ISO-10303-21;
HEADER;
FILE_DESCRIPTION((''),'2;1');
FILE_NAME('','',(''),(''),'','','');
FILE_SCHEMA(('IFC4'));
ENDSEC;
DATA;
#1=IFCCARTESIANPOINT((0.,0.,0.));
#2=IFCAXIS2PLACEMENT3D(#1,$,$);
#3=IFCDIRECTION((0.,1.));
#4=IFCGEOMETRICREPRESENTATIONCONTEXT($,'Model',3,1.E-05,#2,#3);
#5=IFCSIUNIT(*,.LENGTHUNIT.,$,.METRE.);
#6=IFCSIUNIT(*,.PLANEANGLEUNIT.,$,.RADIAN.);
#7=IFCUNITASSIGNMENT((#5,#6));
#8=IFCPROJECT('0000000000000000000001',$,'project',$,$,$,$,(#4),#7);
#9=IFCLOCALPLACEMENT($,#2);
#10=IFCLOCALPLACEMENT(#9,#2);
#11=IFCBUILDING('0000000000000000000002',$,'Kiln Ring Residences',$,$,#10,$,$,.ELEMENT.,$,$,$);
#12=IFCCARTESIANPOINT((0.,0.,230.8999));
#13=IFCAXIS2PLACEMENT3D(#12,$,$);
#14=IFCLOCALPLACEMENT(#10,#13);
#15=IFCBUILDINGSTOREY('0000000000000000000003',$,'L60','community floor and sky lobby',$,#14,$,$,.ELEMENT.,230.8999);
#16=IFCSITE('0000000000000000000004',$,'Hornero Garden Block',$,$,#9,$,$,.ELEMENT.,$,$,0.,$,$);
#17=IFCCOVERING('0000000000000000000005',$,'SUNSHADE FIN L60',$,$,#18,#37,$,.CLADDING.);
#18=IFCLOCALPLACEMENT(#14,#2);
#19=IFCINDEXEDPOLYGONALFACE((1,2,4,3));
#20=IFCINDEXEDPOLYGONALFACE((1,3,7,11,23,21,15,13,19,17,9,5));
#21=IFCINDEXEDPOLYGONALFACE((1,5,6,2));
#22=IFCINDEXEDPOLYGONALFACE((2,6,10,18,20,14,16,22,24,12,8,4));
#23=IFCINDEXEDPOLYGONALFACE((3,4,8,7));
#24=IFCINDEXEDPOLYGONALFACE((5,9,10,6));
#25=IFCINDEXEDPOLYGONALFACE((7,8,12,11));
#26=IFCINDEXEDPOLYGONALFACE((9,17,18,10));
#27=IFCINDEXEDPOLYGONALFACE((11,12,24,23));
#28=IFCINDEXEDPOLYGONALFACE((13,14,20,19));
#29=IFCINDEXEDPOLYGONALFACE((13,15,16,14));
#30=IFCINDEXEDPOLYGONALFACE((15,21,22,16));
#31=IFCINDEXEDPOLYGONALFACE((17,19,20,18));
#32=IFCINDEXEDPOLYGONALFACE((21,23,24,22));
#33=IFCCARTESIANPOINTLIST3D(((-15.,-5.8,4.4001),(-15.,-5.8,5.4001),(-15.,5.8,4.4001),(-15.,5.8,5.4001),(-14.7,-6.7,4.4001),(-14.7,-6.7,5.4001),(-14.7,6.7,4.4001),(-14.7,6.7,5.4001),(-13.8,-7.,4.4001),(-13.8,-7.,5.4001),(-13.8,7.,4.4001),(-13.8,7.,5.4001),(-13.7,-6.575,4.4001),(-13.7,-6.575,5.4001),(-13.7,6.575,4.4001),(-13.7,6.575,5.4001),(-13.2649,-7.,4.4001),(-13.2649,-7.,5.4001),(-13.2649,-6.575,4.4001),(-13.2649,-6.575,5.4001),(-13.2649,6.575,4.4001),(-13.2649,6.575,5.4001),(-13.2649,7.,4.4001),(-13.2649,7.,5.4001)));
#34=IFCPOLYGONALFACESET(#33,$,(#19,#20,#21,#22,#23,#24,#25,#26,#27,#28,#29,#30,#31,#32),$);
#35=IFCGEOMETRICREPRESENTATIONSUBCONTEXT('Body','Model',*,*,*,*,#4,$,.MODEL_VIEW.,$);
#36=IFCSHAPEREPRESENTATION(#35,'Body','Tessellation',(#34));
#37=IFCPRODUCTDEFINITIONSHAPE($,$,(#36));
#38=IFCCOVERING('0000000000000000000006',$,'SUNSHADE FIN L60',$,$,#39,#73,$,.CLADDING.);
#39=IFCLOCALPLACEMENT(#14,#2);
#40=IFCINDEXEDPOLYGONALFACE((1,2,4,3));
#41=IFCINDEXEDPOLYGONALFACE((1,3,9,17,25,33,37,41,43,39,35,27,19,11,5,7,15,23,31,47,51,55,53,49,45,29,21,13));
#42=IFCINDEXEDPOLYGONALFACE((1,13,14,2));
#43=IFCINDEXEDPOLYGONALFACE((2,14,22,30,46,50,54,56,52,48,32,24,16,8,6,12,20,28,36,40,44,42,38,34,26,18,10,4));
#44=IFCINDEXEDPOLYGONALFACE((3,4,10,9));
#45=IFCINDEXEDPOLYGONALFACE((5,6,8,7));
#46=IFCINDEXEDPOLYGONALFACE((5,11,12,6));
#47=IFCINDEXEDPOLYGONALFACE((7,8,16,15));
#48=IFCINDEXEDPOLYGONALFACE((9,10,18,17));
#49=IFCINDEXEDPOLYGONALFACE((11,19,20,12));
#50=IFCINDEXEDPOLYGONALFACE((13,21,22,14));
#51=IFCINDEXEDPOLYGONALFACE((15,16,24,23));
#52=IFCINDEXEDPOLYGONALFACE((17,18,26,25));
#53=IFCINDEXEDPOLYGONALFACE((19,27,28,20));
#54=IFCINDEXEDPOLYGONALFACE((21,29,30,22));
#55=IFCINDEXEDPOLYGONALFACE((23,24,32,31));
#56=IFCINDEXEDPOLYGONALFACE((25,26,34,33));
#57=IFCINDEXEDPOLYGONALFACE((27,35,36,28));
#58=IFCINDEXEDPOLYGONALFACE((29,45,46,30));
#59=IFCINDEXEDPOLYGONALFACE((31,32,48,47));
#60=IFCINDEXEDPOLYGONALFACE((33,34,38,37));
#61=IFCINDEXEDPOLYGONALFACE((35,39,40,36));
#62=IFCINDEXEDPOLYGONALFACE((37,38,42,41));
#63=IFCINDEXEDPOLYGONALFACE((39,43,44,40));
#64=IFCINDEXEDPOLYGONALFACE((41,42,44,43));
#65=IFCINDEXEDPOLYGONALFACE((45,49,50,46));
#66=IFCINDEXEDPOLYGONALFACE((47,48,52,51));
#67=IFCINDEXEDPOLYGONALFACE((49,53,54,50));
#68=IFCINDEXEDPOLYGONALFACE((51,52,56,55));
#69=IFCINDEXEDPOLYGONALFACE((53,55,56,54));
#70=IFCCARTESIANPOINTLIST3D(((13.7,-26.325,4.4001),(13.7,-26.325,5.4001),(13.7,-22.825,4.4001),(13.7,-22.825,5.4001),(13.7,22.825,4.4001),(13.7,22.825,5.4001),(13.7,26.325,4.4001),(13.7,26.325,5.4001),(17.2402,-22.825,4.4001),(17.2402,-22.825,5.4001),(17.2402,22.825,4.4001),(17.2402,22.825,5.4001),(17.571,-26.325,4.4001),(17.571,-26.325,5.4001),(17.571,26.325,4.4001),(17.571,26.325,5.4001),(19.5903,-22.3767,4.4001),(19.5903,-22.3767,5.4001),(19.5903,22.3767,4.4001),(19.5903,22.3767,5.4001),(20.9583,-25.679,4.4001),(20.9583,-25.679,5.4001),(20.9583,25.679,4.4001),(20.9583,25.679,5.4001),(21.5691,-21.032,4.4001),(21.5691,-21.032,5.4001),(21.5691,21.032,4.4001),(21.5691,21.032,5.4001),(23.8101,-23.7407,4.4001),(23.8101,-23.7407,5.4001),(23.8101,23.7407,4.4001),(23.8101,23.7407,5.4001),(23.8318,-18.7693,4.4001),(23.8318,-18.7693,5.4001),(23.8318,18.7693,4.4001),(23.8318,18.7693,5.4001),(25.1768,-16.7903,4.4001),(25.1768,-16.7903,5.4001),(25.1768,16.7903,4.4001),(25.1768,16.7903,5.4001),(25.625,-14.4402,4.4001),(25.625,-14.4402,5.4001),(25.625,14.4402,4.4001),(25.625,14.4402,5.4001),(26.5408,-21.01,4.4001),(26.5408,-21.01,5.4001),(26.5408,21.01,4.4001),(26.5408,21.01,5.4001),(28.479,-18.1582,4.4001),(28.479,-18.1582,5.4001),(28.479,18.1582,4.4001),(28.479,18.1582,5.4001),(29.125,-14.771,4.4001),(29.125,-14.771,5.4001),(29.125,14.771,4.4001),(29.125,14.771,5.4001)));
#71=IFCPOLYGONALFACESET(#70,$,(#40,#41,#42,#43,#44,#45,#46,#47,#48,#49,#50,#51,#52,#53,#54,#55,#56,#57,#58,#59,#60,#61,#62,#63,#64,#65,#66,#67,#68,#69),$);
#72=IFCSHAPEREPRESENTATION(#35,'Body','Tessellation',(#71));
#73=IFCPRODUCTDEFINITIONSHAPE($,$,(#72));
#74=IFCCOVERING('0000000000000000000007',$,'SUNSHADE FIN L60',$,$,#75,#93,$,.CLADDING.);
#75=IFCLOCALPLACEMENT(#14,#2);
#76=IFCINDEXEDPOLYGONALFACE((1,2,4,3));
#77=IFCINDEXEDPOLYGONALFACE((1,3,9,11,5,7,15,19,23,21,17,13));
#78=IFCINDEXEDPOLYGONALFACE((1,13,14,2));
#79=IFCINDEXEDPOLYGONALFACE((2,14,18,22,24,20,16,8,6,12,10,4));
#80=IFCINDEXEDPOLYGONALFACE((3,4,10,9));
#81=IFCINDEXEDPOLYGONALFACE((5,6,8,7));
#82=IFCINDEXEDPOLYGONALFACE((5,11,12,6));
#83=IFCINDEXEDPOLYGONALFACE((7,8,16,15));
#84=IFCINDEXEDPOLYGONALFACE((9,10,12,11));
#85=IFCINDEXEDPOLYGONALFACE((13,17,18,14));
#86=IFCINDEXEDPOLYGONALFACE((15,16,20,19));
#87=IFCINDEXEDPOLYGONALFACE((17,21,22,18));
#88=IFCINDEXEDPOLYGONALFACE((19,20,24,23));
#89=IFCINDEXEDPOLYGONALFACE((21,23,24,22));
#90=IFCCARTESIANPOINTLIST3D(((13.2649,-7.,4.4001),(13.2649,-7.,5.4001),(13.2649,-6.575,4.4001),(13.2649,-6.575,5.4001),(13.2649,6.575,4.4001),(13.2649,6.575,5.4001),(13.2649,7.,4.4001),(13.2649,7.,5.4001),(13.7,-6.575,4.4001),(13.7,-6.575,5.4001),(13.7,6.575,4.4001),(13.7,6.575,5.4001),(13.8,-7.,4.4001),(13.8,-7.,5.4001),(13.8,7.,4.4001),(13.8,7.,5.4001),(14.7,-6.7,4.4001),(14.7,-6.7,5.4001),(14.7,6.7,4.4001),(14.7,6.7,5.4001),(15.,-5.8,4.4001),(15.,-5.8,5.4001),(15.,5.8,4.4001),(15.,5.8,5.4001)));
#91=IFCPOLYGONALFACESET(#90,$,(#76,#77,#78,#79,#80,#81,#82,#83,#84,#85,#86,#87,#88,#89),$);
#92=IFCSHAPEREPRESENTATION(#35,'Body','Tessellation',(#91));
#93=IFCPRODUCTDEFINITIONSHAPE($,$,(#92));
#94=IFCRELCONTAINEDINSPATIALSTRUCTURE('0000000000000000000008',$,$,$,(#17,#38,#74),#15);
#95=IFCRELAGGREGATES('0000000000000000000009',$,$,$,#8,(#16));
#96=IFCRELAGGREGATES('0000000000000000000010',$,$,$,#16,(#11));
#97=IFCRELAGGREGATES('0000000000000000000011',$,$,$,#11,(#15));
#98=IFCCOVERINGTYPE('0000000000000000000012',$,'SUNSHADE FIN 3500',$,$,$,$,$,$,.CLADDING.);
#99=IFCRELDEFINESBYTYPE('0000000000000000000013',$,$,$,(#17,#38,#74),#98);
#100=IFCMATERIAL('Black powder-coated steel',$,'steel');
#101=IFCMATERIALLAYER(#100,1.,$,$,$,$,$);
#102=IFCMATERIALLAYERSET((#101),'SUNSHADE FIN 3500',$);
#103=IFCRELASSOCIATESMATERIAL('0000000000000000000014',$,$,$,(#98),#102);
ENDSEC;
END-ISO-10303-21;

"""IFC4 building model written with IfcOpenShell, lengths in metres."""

from ifc_helpers import new_model, si_unit, direction, frame, origin, place, context, subcontext, project, spatial, polyline, outline, extrude, material, layer, layer_set, type_object, element, save


model = new_model("IFC4")

# Units and contexts
model_context = context("Model", 3, precision=1e-05, world=origin(), true_north=direction((0.0, 1.0)))
body_context = subcontext(model_context, "Body", "Model", "MODEL_VIEW")
ifc_project = project(units=[si_unit("LENGTHUNIT", "METRE"), si_unit("PLANEANGLEUNIT", "RADIAN")], contexts=[model_context])

# Site, building, storey
site_placement = place(None, origin())
site = spatial("IfcSite", under=ifc_project, at=site_placement, Name="Hornero Garden Block", CompositionType="ELEMENT", RefElevation=0.0)
building_placement = place(site_placement, origin())
building = spatial("IfcBuilding", under=site, at=building_placement, Name="Kiln Ring Residences", CompositionType="ELEMENT")
storey_placement = place(building_placement, frame((0.0, 0.0, 230.8999)))
storey = spatial("IfcBuildingStorey", under=building, at=storey_placement, Name="L60", Description="community floor and sky lobby", CompositionType="ELEMENT", Elevation=230.8999)

# Coverings
ifc_material_1 = material(Name="Black powder-coated steel", Category="steel")
ifc_layer_1 = layer(ifc_material_1, 1.0)
ifc_layer_set_1 = layer_set([ifc_layer_1], Name="SUNSHADE FIN 3500")
covering_type = type_object("IfcCoveringType", Name="SUNSHADE FIN 3500", PredefinedType="CLADDING", material=ifc_layer_set_1)
placement_1 = place(storey_placement, frame((0.0, 0.0, 4.4001)))
element("IfcCovering", 1, at=placement_1, inside=storey, type_object=covering_type, Name="SUNSHADE FIN L60", PredefinedType="CLADDING", context=body_context, shape_type="SweptSolid", body=[
    extrude(outline(polyline([(-13.7, -6.575), (-13.7, 6.575), (-13.2649, 6.575), (-13.2649, 7.0), (-13.8, 7.0), (-14.7, 6.7), (-15.0, 5.8), (-15.0, -5.8), (-14.7, -6.7), (-13.8, -7.0), (-13.2649, -7.0), (-13.2649, -6.575), (-13.7, -6.575)])), origin(), (0.0, 0.0, 1.0), 1.0),
])
element("IfcCovering", 2, at=placement_1, inside=storey, type_object=covering_type, Name="SUNSHADE FIN L60", PredefinedType="CLADDING", context=body_context, shape_type="SweptSolid", body=[
    extrude(outline(polyline([(17.571, 26.325), (13.7, 26.325), (13.7, 22.825), (17.2402, 22.825), (19.5903, 22.3767), (21.5691, 21.032), (23.8318, 18.7693), (25.1768, 16.7903), (25.625, 14.4402), (25.625, -14.4402), (25.1768, -16.7903), (23.8318, -18.7693), (21.5691, -21.032), (19.5903, -22.3767), (17.2402, -22.825), (13.7, -22.825), (13.7, -26.325), (17.571, -26.325), (20.9583, -25.679), (23.8101, -23.7407), (26.5408, -21.01), (28.479, -18.1582), (29.125, -14.771), (29.125, 14.771), (28.479, 18.1582), (26.5408, 21.01), (23.8101, 23.7407), (20.9583, 25.679), (17.571, 26.325)])), origin(), (0.0, 0.0, 1.0), 1.0),
])
element("IfcCovering", 3, at=placement_1, inside=storey, type_object=covering_type, Name="SUNSHADE FIN L60", PredefinedType="CLADDING", context=body_context, shape_type="SweptSolid", body=[
    extrude(outline(polyline([(13.2649, 6.575), (13.7, 6.575), (13.7, -6.575), (13.2649, -6.575), (13.2649, -7.0), (13.8, -7.0), (14.7, -6.7), (15.0, -5.8), (15.0, 5.8), (14.7, 6.7), (13.8, 7.0), (13.2649, 7.0), (13.2649, 6.575)])), origin(), (0.0, 0.0, 1.0), 1.0),
])

save(model, "model.ifc")
